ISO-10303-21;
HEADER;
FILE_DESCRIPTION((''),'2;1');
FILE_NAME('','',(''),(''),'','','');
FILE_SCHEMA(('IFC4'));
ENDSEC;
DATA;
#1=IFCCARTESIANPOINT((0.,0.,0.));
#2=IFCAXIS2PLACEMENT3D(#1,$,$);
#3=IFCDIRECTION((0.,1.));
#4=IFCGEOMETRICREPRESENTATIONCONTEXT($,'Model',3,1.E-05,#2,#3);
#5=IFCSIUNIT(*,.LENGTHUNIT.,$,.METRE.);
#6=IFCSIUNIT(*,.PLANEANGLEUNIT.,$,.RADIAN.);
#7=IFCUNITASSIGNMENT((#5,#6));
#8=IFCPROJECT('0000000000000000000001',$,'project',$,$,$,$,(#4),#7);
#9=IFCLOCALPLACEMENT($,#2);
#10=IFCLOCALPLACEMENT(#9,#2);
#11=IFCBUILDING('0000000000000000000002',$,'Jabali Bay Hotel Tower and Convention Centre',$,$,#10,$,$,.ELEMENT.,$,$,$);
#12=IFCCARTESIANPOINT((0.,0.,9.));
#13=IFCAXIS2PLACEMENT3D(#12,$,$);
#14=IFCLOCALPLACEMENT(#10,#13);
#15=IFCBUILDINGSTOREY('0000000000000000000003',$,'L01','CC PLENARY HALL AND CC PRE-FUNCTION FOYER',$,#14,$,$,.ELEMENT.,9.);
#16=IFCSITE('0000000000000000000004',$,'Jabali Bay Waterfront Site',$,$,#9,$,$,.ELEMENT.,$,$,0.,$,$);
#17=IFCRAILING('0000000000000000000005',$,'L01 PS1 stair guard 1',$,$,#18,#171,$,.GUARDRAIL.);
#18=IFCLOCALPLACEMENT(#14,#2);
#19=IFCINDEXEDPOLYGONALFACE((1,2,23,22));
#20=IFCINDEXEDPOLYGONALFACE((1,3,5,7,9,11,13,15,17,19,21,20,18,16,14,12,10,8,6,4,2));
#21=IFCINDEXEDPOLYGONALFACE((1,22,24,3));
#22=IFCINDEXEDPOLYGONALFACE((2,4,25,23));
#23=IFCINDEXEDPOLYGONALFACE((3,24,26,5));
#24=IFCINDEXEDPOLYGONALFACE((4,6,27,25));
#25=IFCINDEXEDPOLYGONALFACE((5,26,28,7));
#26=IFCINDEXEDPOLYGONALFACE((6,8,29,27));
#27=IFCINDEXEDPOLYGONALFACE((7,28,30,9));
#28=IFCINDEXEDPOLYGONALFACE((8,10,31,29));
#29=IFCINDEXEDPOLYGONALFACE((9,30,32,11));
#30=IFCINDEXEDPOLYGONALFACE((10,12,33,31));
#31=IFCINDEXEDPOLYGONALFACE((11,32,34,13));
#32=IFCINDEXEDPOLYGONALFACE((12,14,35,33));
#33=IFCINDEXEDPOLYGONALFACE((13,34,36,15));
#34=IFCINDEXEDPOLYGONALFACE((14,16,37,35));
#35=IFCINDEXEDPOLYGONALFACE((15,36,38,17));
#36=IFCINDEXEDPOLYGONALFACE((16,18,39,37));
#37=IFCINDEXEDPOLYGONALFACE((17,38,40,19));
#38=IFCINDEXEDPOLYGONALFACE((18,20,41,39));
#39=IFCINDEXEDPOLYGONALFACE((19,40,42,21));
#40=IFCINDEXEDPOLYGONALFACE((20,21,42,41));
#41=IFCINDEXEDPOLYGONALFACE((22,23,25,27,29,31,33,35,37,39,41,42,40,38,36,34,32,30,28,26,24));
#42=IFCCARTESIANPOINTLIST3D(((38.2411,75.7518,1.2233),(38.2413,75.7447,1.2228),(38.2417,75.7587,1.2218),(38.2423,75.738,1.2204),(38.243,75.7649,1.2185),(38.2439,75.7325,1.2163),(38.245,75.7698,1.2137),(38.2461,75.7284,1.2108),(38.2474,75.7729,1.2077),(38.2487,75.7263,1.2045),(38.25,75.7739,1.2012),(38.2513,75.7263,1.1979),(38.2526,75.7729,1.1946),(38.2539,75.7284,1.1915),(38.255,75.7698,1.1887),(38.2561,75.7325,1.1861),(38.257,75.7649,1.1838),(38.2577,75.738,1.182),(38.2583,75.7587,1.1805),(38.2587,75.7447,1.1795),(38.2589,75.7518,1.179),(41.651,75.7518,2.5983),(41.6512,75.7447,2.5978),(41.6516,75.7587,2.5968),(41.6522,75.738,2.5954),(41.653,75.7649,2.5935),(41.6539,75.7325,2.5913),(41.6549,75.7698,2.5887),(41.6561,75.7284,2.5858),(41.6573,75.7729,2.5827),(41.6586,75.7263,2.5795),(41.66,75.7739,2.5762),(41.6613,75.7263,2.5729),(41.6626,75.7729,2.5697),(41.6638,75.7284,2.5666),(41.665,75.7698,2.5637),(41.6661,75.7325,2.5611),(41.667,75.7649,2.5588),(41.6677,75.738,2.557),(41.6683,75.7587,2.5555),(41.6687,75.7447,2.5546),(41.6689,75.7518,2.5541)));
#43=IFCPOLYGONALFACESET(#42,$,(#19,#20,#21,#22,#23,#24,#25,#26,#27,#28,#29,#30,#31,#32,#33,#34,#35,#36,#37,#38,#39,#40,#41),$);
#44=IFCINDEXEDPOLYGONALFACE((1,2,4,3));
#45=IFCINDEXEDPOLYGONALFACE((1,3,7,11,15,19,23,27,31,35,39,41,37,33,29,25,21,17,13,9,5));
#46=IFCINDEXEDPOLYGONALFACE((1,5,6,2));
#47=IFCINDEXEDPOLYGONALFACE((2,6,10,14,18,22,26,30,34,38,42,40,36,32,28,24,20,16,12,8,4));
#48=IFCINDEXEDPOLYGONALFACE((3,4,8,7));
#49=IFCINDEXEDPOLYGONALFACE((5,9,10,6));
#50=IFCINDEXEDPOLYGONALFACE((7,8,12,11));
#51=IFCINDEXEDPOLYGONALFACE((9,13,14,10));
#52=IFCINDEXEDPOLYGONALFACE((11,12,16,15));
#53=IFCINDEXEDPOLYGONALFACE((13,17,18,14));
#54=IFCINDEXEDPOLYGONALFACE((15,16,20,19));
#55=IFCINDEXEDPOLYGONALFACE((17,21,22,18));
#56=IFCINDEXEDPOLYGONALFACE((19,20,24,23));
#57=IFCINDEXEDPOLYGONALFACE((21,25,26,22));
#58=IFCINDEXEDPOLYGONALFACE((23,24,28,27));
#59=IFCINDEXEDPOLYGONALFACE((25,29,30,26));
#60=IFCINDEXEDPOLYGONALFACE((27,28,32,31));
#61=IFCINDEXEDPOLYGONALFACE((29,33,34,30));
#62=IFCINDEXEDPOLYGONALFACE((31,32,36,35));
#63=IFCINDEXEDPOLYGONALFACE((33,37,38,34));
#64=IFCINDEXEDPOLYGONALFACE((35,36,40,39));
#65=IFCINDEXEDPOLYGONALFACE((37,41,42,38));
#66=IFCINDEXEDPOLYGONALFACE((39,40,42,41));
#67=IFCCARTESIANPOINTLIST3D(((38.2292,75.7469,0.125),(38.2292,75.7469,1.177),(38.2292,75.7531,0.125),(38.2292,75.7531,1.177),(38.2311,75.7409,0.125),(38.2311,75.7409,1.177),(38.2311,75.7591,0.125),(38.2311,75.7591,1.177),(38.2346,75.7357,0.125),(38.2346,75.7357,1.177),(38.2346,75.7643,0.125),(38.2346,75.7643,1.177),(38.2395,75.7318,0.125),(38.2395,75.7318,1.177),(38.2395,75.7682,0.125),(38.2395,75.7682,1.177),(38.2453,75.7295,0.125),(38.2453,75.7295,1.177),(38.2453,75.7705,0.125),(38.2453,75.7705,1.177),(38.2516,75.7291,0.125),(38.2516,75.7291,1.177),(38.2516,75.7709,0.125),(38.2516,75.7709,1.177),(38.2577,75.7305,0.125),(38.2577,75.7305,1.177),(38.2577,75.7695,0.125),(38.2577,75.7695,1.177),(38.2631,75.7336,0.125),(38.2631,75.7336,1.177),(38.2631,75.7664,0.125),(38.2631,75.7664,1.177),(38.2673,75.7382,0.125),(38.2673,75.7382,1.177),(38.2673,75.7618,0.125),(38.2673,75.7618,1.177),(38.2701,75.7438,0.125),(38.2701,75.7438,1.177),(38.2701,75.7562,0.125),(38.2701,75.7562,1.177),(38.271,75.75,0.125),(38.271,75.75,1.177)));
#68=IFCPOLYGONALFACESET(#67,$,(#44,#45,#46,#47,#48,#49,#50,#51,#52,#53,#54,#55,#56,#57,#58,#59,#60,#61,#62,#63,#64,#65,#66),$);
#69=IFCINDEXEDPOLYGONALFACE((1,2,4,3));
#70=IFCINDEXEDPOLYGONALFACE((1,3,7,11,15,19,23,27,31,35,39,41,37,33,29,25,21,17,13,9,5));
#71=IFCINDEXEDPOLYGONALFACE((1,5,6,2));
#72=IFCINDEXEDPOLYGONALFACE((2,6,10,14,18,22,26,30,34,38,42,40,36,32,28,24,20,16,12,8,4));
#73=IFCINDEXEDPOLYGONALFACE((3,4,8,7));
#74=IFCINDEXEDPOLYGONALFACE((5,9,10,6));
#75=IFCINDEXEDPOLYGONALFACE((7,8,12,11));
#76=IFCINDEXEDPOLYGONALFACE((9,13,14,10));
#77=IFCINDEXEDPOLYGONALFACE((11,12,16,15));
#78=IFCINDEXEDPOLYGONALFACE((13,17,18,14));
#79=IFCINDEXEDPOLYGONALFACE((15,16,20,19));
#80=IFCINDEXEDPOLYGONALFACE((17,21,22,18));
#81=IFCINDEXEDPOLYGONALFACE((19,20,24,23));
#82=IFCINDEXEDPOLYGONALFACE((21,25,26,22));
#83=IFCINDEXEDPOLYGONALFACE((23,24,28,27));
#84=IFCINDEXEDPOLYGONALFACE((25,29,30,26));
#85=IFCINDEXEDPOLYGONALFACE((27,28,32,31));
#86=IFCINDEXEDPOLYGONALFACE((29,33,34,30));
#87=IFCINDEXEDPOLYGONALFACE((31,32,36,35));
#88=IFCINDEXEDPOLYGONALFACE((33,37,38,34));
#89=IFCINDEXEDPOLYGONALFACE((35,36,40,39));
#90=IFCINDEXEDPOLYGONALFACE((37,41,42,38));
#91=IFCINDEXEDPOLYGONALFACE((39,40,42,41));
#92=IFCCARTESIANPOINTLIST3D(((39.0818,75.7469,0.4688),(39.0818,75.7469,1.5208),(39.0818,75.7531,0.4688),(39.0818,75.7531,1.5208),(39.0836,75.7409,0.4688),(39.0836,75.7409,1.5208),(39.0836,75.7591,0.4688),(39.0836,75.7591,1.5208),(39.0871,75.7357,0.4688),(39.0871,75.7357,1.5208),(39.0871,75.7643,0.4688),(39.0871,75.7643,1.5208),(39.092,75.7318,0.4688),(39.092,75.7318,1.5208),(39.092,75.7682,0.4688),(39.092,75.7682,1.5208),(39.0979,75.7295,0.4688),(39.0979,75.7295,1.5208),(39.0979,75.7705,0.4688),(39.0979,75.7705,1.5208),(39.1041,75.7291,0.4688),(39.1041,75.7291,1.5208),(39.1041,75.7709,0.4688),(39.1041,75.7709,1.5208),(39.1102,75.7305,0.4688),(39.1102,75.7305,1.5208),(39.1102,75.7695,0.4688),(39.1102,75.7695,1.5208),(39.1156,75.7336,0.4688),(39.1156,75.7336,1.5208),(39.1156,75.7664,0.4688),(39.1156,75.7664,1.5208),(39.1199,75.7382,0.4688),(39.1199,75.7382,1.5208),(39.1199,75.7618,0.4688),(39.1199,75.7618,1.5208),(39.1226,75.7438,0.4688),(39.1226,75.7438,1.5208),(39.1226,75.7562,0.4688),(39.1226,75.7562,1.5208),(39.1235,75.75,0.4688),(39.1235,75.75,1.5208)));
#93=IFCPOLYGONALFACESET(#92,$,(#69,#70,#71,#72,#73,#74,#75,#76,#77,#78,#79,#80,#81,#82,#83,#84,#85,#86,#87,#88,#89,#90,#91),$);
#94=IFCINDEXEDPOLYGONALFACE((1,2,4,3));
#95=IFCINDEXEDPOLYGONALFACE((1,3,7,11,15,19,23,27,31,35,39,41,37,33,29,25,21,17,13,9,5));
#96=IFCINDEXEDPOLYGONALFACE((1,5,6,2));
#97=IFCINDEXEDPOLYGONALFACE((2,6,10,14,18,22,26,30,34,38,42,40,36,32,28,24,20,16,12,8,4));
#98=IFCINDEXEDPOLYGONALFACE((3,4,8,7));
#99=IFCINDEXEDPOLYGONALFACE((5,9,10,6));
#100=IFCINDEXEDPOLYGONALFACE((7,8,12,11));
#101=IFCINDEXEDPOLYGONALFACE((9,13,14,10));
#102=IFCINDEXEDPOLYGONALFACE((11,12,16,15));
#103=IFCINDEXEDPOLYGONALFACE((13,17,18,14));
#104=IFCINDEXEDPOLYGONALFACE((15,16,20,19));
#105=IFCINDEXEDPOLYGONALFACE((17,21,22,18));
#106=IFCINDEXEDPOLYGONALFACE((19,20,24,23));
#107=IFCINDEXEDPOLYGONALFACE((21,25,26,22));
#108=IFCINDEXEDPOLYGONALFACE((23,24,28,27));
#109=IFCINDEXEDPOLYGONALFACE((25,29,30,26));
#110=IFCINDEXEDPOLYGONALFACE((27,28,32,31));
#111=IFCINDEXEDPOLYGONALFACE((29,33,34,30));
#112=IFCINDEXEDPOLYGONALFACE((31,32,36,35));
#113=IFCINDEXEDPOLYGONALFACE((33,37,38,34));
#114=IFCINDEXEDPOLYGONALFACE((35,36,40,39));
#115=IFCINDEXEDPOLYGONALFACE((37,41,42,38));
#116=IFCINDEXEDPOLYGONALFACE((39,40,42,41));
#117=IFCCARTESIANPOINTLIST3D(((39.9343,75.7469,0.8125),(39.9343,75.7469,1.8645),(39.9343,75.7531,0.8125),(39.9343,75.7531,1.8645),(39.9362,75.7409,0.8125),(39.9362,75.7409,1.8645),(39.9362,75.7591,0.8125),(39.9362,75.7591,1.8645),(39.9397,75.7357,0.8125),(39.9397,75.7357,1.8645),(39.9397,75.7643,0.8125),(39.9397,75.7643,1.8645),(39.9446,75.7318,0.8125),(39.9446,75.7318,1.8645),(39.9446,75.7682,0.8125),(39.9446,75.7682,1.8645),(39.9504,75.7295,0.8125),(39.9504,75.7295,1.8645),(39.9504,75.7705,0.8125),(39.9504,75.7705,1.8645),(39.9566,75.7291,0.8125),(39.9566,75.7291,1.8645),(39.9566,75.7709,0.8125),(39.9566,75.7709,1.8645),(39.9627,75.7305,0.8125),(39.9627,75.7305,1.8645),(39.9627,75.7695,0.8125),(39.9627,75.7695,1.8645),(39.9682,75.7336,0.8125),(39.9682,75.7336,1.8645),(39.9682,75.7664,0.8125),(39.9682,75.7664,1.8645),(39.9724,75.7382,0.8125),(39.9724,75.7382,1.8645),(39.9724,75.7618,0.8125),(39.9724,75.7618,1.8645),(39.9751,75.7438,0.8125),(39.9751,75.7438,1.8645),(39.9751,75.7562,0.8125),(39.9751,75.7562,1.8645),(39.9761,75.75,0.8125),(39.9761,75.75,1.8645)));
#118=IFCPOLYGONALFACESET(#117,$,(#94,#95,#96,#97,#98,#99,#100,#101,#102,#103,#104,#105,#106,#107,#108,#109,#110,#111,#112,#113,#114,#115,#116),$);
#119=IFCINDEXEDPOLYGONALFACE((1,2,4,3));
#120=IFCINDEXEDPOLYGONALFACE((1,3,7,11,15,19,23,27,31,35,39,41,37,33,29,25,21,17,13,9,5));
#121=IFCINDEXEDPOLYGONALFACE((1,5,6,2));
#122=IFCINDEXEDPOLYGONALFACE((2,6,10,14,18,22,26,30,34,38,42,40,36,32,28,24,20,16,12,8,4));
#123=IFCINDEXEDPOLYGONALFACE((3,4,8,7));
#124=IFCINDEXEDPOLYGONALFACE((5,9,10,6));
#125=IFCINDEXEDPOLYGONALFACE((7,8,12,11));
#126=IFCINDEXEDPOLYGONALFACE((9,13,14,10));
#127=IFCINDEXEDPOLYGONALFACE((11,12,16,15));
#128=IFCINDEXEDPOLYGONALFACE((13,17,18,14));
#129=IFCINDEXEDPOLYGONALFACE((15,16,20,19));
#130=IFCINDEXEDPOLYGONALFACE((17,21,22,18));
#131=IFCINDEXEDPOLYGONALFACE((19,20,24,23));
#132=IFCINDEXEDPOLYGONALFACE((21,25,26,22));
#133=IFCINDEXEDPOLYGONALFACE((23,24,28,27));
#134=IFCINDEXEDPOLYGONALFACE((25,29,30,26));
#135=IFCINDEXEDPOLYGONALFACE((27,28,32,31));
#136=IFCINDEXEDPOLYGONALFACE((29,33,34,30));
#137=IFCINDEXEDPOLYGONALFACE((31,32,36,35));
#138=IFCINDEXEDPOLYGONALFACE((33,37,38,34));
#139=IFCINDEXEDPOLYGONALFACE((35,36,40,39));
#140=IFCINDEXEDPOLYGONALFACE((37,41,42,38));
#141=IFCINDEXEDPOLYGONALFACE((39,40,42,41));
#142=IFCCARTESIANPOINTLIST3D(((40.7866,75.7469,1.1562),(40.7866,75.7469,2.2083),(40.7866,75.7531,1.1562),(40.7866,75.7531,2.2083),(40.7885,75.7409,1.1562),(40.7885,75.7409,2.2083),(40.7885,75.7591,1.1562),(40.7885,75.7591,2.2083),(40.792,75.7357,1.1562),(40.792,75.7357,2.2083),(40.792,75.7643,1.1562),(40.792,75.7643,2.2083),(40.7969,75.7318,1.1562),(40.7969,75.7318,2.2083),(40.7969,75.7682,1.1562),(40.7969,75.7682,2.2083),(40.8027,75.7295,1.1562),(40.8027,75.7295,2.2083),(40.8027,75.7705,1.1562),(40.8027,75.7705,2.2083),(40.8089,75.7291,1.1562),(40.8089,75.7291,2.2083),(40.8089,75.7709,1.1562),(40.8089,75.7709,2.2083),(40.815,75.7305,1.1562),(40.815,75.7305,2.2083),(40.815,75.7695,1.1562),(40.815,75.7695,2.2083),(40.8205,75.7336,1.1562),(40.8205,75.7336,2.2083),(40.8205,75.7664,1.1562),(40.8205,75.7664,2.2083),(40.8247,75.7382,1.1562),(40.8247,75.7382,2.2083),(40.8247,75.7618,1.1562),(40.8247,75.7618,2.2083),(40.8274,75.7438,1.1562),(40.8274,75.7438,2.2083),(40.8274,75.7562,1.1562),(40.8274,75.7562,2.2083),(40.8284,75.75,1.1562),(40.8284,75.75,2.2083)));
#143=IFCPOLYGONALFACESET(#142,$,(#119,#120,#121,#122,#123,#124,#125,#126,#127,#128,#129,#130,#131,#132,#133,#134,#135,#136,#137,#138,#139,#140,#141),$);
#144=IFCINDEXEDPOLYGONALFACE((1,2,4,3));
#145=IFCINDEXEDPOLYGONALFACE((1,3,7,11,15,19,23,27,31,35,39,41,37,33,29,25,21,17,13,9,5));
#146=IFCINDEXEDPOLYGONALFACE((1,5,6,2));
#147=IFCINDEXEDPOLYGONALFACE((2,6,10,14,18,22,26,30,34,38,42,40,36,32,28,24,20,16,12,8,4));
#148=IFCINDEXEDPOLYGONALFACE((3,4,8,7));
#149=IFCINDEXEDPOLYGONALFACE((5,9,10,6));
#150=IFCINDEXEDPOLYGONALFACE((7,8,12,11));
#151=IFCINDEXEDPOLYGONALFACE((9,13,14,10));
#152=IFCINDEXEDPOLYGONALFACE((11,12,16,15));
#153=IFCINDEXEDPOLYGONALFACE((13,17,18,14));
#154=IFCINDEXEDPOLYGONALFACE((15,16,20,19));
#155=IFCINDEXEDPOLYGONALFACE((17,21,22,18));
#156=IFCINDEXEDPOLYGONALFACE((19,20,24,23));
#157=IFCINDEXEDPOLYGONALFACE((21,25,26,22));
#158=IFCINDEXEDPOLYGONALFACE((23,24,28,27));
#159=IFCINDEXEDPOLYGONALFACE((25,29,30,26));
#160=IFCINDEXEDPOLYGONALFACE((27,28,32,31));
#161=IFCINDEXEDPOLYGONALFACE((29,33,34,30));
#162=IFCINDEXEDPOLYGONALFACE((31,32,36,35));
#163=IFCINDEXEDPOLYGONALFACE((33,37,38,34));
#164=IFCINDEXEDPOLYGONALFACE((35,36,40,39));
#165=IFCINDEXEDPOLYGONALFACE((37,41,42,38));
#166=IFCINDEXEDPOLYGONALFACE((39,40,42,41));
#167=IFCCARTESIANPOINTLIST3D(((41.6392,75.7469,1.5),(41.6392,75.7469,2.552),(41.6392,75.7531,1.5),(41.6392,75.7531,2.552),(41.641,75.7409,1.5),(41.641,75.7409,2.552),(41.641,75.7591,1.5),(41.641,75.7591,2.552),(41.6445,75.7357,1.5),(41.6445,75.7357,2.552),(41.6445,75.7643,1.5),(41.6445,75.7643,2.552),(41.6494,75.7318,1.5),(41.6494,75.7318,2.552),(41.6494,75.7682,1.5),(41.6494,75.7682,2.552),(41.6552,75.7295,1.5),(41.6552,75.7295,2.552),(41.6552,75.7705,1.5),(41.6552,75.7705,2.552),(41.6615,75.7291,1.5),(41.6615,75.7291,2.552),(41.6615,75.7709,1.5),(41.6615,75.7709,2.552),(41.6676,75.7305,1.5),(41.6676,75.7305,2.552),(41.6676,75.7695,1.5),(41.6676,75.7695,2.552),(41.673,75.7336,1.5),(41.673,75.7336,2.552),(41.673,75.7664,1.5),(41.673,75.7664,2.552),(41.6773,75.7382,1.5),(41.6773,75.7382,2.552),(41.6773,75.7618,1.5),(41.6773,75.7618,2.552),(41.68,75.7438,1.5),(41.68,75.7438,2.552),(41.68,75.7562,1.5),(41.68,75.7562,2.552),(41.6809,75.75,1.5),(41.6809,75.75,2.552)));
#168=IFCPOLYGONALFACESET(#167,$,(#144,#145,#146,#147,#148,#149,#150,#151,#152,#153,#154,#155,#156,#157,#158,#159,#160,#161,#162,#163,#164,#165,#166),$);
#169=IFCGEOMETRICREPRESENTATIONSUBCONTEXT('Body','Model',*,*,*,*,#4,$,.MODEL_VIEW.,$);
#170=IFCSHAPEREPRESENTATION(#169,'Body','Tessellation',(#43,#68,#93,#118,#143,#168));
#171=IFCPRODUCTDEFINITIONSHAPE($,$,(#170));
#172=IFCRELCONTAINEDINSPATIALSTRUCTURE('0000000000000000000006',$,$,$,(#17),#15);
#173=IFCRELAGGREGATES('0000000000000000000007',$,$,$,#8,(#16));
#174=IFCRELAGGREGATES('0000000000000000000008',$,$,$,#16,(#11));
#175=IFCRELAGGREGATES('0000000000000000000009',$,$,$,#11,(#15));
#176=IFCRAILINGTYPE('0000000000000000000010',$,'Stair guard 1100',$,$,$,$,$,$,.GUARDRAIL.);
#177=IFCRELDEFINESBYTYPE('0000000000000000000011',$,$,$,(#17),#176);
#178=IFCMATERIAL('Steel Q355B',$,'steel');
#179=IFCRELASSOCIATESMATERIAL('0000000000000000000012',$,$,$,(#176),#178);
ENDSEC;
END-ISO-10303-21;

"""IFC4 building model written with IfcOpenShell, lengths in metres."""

from ifc_helpers import new_model, si_unit, direction, frame, origin, origin_2d, place, context, subcontext, project, spatial, circle, extrude, material, type_object, element, save


model = new_model("IFC4")

# Units and contexts
model_context = context("Model", 3, precision=1e-05, world=origin(), true_north=direction((0.0, 1.0)))
body_context = subcontext(model_context, "Body", "Model", "MODEL_VIEW")
ifc_project = project(units=[si_unit("LENGTHUNIT", "METRE"), si_unit("PLANEANGLEUNIT", "RADIAN")], contexts=[model_context])

# Site, building, storey
site_placement = place(None, origin())
site = spatial("IfcSite", under=ifc_project, at=site_placement, Name="Jabali Bay Waterfront Site", CompositionType="ELEMENT", RefElevation=0.0)
building_placement = place(site_placement, origin())
building = spatial("IfcBuilding", under=site, at=building_placement, Name="Jabali Bay Hotel Tower and Convention Centre", CompositionType="ELEMENT")
storey_placement = place(building_placement, frame((0.0, 0.0, 9.0)))
storey = spatial("IfcBuildingStorey", under=building, at=storey_placement, Name="L01", Description="CC PLENARY HALL AND CC PRE-FUNCTION FOYER", CompositionType="ELEMENT", Elevation=9.0)

# Railing
ifc_material_1 = material(Name="Steel Q355B", Category="steel")
railing_type_1 = type_object("IfcRailingType", Name="Stair guard 1100", PredefinedType="GUARDRAIL", material=ifc_material_1)
railing_1_placement = place(storey_placement, frame((38.25, 75.75, 0.125)))
element("IfcRailing", 1, at=railing_1_placement, inside=storey, type_object=railing_type_1, Name="L01 PS1 stair guard 1", PredefinedType="GUARDRAIL", context=body_context, shape_type="SweptSolid", body=[
    extrude(circle(Radius=0.0239, at=origin_2d()), frame((0.0, 0.0, 1.0762), z_axis=(0.927438, 0.0, 0.373977), x_axis=(0.0, 1.0, 0.0)), (0.0, 0.0, 1.0), 3.6768),
    extrude(circle(Radius=0.021, at=origin_2d()), origin(), (0.0, 0.0, 1.0), 1.052),
    extrude(circle(Radius=0.021, at=origin_2d()), frame((0.8525, 0.0, 0.3438)), (0.0, 0.0, 1.0), 1.052),
    extrude(circle(Radius=0.021, at=origin_2d()), frame((1.7051, 0.0, 0.6875)), (0.0, 0.0, 1.0), 1.052),
    extrude(circle(Radius=0.021, at=origin_2d()), frame((2.5574, 0.0, 1.0312)), (0.0, 0.0, 1.0), 1.052),
    extrude(circle(Radius=0.021, at=origin_2d()), frame((3.4099, 0.0, 1.375)), (0.0, 0.0, 1.0), 1.052),
])

save(model, "model.ifc")
